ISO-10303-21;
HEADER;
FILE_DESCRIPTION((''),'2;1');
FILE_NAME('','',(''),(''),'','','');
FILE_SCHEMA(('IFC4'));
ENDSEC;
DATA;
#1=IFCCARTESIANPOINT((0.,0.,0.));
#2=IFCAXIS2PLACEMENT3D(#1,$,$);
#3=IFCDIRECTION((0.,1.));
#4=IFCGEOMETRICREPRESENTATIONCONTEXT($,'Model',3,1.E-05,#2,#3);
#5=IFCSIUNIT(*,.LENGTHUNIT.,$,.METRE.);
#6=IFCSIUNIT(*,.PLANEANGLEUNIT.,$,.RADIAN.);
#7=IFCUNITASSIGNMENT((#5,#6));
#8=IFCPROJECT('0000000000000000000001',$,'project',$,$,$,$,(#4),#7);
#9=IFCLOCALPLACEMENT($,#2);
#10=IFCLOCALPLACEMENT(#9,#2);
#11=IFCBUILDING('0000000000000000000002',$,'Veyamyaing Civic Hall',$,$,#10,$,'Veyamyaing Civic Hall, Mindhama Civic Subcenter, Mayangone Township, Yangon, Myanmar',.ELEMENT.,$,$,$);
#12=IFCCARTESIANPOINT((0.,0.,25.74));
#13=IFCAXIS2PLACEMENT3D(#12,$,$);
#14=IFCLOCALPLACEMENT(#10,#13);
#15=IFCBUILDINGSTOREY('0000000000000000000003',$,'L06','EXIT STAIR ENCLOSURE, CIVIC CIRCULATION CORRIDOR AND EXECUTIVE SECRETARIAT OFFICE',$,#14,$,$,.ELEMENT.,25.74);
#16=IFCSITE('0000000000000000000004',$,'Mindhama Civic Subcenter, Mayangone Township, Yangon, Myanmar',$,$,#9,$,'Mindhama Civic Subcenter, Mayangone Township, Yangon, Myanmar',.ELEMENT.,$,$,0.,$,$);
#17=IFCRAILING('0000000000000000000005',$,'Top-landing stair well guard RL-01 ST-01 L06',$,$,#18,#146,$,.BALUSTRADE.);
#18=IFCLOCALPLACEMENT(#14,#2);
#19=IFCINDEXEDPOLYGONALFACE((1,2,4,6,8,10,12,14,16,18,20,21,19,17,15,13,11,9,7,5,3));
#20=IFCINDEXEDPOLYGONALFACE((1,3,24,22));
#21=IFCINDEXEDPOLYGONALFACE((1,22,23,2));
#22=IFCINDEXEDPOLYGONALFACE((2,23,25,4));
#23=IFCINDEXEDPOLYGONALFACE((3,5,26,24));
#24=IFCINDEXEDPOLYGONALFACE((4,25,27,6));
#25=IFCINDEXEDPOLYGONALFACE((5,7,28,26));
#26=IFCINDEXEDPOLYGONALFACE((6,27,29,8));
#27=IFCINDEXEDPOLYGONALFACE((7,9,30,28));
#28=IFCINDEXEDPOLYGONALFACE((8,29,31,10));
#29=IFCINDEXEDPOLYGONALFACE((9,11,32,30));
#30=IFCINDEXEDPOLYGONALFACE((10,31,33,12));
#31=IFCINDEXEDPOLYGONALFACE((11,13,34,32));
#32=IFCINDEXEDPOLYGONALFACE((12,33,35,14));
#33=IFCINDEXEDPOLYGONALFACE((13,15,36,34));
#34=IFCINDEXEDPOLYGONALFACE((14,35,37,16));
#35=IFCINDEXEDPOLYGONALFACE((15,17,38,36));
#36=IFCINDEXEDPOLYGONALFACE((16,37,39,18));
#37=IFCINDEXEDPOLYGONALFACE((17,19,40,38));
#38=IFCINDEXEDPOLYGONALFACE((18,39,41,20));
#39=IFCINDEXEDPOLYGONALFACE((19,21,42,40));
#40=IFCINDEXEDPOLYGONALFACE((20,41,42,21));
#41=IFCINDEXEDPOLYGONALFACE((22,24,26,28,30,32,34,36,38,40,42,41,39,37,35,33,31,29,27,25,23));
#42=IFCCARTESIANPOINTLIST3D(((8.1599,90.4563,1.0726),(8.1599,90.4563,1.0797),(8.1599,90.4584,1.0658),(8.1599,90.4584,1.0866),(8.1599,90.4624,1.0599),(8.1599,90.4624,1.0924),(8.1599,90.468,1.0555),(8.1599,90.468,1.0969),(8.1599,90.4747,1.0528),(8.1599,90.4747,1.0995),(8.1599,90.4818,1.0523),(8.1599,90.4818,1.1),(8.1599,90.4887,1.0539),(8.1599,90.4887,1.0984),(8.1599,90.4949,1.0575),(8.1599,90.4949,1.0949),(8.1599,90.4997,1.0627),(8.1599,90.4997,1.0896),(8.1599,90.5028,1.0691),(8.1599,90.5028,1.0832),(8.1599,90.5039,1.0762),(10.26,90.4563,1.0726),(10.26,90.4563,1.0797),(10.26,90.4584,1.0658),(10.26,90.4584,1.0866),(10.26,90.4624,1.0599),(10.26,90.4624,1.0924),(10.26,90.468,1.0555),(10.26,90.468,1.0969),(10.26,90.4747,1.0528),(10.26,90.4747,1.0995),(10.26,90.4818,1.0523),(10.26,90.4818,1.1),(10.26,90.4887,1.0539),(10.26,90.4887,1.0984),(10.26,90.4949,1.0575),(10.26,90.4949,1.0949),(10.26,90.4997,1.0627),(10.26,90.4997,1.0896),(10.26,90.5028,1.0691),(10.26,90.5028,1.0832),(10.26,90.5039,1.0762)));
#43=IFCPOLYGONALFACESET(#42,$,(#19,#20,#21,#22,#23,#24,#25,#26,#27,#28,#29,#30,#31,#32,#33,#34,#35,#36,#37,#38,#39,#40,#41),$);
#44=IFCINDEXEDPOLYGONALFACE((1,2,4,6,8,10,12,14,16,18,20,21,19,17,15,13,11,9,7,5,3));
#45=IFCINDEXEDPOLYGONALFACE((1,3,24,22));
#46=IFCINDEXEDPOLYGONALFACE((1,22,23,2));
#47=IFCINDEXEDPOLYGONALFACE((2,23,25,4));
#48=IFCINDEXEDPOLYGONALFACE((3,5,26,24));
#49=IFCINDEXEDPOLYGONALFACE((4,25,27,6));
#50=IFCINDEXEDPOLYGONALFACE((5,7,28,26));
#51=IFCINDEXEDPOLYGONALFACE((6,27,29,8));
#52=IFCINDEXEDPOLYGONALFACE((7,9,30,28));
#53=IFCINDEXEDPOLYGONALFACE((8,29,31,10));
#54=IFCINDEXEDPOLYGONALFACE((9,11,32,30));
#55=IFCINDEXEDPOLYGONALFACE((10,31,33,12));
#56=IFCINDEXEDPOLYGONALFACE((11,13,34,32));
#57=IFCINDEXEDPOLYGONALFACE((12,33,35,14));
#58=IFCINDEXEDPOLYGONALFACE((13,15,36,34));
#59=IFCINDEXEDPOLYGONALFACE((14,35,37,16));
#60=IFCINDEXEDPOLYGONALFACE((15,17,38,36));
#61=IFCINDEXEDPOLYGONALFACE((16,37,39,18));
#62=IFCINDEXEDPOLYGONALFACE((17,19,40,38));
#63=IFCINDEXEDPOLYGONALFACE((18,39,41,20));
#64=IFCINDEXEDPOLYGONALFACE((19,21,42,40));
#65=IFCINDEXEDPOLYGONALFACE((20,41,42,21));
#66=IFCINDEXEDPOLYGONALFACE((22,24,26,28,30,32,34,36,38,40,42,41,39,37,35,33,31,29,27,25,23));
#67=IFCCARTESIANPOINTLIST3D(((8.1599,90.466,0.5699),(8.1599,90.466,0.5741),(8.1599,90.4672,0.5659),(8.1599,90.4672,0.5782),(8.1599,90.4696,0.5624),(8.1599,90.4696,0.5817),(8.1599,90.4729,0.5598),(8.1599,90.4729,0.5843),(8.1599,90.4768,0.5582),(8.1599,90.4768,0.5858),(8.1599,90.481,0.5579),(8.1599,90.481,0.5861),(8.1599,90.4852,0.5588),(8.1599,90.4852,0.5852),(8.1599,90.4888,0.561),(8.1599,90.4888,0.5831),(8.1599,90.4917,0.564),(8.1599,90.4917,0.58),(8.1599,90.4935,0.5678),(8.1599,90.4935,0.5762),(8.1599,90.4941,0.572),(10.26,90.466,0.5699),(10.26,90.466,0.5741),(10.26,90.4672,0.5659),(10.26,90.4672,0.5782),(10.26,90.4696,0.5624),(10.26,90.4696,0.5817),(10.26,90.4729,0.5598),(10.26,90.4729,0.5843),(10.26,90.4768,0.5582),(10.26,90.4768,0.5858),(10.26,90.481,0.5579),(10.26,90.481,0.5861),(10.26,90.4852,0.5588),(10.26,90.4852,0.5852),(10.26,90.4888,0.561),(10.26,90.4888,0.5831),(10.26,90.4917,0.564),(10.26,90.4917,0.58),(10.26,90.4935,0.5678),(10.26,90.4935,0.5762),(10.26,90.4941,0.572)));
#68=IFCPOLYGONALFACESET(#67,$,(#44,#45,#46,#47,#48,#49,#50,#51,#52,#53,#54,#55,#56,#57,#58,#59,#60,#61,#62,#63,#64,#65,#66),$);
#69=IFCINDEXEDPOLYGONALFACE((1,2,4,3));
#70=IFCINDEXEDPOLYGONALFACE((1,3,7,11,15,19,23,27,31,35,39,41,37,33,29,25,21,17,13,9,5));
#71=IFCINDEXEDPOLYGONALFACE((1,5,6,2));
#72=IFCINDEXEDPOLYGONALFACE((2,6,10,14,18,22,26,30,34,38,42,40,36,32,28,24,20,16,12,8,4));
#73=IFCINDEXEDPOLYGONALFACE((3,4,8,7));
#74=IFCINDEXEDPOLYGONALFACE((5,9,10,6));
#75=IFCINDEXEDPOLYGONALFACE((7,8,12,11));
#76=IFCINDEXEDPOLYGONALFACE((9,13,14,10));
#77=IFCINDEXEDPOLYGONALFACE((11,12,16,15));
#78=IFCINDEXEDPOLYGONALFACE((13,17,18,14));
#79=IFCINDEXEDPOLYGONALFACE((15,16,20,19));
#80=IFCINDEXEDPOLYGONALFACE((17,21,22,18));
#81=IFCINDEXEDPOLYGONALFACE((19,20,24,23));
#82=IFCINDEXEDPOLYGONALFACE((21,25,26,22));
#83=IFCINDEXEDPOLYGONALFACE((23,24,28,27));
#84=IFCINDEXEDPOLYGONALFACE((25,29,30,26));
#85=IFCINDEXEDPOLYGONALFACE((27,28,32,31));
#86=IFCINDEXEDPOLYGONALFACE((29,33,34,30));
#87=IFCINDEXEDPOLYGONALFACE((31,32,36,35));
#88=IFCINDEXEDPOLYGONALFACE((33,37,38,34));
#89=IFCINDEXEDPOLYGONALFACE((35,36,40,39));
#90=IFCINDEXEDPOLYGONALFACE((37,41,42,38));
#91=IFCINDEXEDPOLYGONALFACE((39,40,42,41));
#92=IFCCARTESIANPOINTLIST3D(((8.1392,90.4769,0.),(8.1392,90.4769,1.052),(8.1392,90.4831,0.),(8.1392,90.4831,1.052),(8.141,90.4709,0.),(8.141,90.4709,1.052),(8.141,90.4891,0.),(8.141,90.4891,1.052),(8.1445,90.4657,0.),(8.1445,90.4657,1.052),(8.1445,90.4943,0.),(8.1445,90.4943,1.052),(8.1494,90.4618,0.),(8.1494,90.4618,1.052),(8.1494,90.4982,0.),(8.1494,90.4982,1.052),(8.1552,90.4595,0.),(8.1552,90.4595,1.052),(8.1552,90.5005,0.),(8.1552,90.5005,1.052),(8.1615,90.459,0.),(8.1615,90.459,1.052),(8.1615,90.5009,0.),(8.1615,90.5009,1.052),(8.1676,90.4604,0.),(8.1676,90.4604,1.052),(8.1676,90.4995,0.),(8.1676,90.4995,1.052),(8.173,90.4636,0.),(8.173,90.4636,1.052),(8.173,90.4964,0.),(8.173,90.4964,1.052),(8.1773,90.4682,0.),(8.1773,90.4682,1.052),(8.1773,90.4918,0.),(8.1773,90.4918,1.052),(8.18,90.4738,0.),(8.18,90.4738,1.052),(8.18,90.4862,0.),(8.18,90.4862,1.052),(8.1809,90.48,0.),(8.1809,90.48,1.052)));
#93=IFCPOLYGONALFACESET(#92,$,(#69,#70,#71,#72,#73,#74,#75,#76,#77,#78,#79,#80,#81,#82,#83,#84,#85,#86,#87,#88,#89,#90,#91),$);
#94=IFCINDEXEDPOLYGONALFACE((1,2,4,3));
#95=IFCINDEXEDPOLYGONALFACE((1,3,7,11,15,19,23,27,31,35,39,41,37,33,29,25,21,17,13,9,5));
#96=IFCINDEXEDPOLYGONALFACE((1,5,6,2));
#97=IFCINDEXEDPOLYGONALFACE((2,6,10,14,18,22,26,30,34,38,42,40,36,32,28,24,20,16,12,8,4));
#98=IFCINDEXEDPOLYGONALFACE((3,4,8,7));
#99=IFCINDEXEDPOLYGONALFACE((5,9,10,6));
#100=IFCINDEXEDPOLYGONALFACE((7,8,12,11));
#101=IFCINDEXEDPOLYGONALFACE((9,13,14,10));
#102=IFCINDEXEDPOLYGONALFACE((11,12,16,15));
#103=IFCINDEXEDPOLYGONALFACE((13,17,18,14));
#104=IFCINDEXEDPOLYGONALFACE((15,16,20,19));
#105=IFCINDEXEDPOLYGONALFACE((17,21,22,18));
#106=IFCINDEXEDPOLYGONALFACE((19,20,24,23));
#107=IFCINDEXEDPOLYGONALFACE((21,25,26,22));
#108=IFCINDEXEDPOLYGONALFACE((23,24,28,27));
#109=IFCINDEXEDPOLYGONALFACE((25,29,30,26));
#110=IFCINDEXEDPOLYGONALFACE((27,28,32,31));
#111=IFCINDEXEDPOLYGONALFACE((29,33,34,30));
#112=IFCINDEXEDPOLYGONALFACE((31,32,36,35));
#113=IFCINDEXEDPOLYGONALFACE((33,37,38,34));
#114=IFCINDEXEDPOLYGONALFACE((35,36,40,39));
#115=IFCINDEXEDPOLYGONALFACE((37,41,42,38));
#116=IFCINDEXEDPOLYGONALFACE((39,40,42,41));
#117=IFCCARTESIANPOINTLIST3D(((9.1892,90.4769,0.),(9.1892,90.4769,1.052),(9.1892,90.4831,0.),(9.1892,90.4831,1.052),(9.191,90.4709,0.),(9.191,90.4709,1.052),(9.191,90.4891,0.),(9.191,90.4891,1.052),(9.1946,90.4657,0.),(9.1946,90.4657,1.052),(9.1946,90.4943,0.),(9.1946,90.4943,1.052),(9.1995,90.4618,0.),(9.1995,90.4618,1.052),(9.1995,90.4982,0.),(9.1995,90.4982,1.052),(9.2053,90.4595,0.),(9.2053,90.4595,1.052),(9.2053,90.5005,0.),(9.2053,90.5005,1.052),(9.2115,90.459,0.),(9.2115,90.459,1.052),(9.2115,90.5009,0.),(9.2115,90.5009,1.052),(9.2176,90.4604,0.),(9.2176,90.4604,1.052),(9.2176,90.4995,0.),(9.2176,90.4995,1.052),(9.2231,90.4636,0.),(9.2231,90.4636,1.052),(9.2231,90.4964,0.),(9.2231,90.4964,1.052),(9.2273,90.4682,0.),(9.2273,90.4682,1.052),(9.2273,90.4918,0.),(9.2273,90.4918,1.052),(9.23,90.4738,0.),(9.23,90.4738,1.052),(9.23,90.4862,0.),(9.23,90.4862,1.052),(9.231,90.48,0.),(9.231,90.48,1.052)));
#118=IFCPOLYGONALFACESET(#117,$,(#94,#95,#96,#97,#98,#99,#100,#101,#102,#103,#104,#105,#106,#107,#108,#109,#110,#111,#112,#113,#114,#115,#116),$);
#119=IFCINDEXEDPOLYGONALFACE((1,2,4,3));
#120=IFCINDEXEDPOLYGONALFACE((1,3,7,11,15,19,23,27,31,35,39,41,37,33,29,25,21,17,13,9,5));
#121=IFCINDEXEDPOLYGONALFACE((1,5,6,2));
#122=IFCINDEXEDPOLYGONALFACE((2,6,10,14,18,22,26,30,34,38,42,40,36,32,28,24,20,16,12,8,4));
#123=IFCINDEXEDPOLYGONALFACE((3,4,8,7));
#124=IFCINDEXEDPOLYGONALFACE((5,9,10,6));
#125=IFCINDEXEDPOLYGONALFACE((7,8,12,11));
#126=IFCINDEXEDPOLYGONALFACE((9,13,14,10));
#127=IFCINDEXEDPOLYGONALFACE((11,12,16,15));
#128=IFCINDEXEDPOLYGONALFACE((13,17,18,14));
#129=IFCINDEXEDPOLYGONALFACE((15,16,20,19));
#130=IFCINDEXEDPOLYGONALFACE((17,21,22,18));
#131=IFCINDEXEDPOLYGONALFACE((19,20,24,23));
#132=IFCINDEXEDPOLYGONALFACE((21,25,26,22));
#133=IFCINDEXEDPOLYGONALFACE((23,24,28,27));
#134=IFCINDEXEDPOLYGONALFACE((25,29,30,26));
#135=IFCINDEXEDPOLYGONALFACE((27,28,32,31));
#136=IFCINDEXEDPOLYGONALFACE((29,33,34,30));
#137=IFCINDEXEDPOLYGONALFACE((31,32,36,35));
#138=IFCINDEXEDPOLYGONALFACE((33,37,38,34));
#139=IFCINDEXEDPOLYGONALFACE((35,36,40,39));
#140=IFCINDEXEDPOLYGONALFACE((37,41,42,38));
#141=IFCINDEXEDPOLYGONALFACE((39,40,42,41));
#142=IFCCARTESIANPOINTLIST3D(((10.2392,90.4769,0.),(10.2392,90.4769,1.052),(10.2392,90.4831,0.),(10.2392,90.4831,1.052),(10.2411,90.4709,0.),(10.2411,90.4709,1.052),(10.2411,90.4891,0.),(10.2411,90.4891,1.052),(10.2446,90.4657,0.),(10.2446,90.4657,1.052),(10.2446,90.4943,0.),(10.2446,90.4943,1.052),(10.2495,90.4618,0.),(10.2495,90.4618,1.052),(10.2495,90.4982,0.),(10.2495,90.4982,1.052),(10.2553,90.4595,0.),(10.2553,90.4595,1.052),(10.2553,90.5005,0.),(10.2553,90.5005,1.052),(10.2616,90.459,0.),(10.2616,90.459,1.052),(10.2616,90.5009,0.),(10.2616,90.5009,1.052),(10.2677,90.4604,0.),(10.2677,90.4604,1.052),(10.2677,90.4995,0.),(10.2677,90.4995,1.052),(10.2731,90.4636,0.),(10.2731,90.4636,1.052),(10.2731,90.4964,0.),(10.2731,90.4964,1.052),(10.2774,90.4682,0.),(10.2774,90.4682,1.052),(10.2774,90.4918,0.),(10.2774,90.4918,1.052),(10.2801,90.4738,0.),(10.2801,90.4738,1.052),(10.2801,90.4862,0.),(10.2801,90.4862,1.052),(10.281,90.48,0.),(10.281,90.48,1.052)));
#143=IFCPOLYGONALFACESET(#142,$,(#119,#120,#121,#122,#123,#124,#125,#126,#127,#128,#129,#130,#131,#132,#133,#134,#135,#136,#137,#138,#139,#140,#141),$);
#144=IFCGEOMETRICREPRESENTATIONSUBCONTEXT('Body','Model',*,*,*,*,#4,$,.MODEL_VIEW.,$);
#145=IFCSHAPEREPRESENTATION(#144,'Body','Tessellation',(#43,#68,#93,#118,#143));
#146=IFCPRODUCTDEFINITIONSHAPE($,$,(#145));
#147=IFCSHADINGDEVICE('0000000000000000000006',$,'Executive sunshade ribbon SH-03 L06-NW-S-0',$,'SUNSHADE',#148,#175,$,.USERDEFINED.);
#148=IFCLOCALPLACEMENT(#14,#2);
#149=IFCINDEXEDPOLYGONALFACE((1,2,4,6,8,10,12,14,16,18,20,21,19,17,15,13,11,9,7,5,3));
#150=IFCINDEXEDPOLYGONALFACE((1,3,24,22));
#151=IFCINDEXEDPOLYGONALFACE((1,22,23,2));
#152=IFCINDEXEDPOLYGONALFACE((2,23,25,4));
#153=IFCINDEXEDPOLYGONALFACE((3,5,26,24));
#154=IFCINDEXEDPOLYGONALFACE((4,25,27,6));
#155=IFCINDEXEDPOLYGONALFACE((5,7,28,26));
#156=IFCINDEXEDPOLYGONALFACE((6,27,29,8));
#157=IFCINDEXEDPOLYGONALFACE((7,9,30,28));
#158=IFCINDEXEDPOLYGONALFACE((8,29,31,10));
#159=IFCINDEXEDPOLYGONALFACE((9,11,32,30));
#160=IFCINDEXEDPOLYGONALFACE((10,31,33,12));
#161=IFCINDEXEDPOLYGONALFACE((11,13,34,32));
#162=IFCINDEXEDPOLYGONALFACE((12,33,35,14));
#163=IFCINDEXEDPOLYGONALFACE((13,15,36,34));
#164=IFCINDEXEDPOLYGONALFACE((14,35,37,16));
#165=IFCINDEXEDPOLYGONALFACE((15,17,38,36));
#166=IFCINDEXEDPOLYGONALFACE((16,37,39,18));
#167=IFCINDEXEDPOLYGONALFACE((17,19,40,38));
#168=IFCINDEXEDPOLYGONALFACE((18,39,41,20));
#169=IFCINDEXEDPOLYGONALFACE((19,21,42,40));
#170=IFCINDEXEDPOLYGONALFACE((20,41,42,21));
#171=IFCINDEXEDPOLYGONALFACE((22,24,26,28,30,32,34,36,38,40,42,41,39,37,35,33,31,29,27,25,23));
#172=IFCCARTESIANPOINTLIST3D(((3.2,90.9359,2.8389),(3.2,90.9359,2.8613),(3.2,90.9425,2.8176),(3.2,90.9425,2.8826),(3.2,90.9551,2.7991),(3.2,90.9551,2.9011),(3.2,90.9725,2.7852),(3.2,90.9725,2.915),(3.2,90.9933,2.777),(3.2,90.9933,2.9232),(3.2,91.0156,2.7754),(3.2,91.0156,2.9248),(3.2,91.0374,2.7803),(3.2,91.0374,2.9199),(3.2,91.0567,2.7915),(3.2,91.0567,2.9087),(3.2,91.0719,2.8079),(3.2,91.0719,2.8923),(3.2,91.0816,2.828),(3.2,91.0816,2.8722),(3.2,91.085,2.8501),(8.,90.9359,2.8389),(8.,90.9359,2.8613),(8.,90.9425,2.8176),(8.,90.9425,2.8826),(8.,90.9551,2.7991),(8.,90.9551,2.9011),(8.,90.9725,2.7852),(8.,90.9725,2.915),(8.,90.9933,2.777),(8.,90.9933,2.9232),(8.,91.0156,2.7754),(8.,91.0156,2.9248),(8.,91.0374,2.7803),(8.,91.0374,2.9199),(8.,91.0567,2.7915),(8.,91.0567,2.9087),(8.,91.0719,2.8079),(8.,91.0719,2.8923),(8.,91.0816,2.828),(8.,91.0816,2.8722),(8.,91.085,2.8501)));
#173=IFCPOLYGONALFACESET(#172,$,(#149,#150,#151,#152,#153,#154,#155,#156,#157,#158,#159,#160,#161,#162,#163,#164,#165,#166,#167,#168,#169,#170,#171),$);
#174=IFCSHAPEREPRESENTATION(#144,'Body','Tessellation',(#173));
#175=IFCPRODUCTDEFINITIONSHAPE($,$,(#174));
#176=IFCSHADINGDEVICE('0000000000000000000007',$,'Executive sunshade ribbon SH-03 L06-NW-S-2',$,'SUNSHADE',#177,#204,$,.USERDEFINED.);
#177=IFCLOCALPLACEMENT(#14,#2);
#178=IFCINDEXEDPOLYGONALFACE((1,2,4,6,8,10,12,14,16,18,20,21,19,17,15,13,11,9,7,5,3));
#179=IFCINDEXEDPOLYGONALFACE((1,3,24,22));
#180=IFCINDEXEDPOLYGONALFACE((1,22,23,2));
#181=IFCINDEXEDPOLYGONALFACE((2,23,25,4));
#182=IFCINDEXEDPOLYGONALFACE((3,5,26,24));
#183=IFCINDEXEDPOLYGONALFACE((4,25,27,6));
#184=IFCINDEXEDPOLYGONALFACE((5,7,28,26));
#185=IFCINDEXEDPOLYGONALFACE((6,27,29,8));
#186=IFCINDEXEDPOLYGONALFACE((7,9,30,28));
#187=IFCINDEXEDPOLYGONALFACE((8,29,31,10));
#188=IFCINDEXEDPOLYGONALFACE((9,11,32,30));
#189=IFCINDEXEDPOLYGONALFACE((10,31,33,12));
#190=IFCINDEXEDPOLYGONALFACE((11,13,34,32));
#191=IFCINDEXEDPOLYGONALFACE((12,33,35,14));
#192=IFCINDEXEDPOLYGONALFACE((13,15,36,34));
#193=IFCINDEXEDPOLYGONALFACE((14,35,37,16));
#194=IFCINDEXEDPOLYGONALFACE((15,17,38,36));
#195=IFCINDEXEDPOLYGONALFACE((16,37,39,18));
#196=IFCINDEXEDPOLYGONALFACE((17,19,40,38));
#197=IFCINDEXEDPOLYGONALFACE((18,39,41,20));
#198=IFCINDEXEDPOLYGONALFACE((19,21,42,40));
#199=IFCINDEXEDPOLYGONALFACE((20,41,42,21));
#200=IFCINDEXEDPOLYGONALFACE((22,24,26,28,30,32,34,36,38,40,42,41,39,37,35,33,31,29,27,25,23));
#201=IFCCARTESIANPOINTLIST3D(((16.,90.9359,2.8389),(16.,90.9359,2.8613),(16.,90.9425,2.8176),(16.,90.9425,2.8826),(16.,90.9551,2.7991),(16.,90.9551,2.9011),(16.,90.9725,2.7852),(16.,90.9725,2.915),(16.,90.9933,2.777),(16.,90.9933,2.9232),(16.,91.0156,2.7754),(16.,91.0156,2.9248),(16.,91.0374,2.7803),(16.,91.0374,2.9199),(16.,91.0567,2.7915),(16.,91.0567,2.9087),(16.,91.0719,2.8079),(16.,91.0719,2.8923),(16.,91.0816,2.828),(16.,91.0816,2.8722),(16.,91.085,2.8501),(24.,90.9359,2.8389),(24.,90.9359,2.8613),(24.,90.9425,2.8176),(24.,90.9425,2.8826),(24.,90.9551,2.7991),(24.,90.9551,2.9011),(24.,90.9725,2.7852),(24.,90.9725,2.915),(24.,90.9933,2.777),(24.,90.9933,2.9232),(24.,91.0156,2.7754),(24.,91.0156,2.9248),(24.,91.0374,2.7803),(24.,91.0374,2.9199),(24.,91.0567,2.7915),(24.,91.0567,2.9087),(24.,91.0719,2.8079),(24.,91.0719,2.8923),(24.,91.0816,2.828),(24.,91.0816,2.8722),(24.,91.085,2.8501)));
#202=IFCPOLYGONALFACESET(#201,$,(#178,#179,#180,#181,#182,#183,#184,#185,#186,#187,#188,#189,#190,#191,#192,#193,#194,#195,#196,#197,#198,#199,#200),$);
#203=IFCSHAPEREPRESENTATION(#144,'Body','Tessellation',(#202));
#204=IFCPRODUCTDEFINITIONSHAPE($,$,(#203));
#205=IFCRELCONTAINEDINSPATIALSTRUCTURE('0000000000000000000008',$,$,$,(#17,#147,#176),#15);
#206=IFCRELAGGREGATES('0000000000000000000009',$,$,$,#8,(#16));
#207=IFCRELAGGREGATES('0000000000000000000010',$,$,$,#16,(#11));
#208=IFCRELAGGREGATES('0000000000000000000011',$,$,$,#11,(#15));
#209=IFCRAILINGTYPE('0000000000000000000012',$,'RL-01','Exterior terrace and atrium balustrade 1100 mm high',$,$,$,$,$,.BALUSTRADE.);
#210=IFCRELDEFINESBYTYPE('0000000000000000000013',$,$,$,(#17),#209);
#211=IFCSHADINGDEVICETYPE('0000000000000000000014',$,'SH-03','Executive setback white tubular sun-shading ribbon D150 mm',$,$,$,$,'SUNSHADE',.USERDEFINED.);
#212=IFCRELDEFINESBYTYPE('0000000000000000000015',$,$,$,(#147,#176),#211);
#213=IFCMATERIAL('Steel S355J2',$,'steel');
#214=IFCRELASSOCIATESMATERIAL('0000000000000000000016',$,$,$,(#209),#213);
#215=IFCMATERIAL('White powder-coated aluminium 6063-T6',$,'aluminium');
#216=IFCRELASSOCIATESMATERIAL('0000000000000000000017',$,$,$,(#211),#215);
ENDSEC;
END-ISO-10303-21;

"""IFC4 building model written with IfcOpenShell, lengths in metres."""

from ifc_helpers import new_model, si_unit, direction, frame, origin, origin_2d, place, context, subcontext, project, spatial, circle, extrude, material, material_profile, profile_set, type_object, element, save


model = new_model("IFC4")

# Units and contexts
model_context = context("Model", 3, precision=1e-05, world=origin(), true_north=direction((0.0, 1.0)))
body_context = subcontext(model_context, "Body", "Model", "MODEL_VIEW")
ifc_project = project(units=[si_unit("LENGTHUNIT", "METRE"), si_unit("PLANEANGLEUNIT", "RADIAN")], contexts=[model_context])

# Site, building, storey
site_placement = place(None, origin())
site = spatial("IfcSite", under=ifc_project, at=site_placement, Name="Mindhama Civic Subcenter, Mayangone Township, Yangon, Myanmar", LongName="Mindhama Civic Subcenter, Mayangone Township, Yangon, Myanmar", CompositionType="ELEMENT", RefElevation=0.0)
building_placement = place(site_placement, origin())
building = spatial("IfcBuilding", under=site, at=building_placement, Name="Veyamyaing Civic Hall", LongName="Veyamyaing Civic Hall, Mindhama Civic Subcenter, Mayangone Township, Yangon, Myanmar", CompositionType="ELEMENT")
storey_placement = place(building_placement, frame((0.0, 0.0, 25.74)))
storey = spatial("IfcBuildingStorey", under=building, at=storey_placement, Name="L06", Description="EXIT STAIR ENCLOSURE, CIVIC CIRCULATION CORRIDOR AND EXECUTIVE SECRETARIAT OFFICE", CompositionType="ELEMENT", Elevation=25.74)

# Shared definitions
ifc_material_1 = material(Name="White powder-coated aluminium 6063-T6", Category="aluminium")

# Railing
ifc_material_2 = material(Name="Steel S355J2", Category="steel")
railing_type = type_object("IfcRailingType", Name="RL-01", Description="Exterior terrace and atrium balustrade 1100 mm high", PredefinedType="BALUSTRADE", material=ifc_material_2)
railing_placement = place(storey_placement, frame((8.1599, 90.48, 0.0)))
element("IfcRailing", 1, at=railing_placement, inside=storey, type_object=railing_type, Name="Top-landing stair well guard RL-01 ST-01 L06", PredefinedType="BALUSTRADE", context=body_context, shape_type="SweptSolid", body=[
    extrude(circle(Radius=0.0239, at=origin_2d()), frame((0.0, 0.0, 1.0762), z_axis=(1.0, 0.0, 0.0), x_axis=(0.0, 1.0, 0.0)), (0.0, 0.0, 1.0), 2.1001),
    extrude(circle(Radius=0.0142, at=origin_2d()), frame((0.0, 0.0, 0.572), z_axis=(1.0, 0.0, 0.0), x_axis=(0.0, 1.0, 0.0)), (0.0, 0.0, 1.0), 2.1001),
    extrude(circle(Radius=0.021, at=origin_2d()), origin(), (0.0, 0.0, 1.0), 1.052),
    extrude(circle(Radius=0.021, at=origin_2d()), frame((1.05, 0.0, 0.0)), (0.0, 0.0, 1.0), 1.052),
    extrude(circle(Radius=0.021, at=origin_2d()), frame((2.1001, 0.0, 0.0)), (0.0, 0.0, 1.0), 1.052),
])

# Shading devices
ifc_material_profile_1 = material_profile(ifc_material_1, circle(Radius=0.075, at=origin_2d()), Name="SHADE-TUBE-150")
ifc_profile_set_1 = profile_set([ifc_material_profile_1], Name="White powder-coated aluminium 6063-T6")
shading_device_type = type_object("IfcShadingDeviceType", Name="SH-03", Description="Executive setback white tubular sun-shading ribbon D150 mm", ElementType="SUNSHADE", PredefinedType="USERDEFINED", material=ifc_profile_set_1)
shading_device_1_placement = place(storey_placement, frame((3.2, 91.01, 2.8501), z_axis=(1.0, 0.0, 0.0), x_axis=(0.0, 1.0, 0.0)))
element("IfcShadingDevice", 2, at=shading_device_1_placement, inside=storey, type_object=shading_device_type, Name="Executive sunshade ribbon SH-03 L06-NW-S-0", ObjectType="SUNSHADE", PredefinedType="USERDEFINED", context=body_context, shape_type="SweptSolid", body=[
    extrude(circle(Radius=0.075, at=origin_2d()), origin(), (0.0, 0.0, 1.0), 4.8),
])
shading_device_2_placement = place(storey_placement, frame((16.0, 91.01, 2.8501), z_axis=(1.0, 0.0, 0.0), x_axis=(0.0, 1.0, 0.0)))
element("IfcShadingDevice", 3, at=shading_device_2_placement, inside=storey, type_object=shading_device_type, Name="Executive sunshade ribbon SH-03 L06-NW-S-2", ObjectType="SUNSHADE", PredefinedType="USERDEFINED", context=body_context, shape_type="SweptSolid", body=[
    extrude(circle(Radius=0.075, at=origin_2d()), origin(), (0.0, 0.0, 1.0), 8.0),
])

save(model, "model.ifc")
